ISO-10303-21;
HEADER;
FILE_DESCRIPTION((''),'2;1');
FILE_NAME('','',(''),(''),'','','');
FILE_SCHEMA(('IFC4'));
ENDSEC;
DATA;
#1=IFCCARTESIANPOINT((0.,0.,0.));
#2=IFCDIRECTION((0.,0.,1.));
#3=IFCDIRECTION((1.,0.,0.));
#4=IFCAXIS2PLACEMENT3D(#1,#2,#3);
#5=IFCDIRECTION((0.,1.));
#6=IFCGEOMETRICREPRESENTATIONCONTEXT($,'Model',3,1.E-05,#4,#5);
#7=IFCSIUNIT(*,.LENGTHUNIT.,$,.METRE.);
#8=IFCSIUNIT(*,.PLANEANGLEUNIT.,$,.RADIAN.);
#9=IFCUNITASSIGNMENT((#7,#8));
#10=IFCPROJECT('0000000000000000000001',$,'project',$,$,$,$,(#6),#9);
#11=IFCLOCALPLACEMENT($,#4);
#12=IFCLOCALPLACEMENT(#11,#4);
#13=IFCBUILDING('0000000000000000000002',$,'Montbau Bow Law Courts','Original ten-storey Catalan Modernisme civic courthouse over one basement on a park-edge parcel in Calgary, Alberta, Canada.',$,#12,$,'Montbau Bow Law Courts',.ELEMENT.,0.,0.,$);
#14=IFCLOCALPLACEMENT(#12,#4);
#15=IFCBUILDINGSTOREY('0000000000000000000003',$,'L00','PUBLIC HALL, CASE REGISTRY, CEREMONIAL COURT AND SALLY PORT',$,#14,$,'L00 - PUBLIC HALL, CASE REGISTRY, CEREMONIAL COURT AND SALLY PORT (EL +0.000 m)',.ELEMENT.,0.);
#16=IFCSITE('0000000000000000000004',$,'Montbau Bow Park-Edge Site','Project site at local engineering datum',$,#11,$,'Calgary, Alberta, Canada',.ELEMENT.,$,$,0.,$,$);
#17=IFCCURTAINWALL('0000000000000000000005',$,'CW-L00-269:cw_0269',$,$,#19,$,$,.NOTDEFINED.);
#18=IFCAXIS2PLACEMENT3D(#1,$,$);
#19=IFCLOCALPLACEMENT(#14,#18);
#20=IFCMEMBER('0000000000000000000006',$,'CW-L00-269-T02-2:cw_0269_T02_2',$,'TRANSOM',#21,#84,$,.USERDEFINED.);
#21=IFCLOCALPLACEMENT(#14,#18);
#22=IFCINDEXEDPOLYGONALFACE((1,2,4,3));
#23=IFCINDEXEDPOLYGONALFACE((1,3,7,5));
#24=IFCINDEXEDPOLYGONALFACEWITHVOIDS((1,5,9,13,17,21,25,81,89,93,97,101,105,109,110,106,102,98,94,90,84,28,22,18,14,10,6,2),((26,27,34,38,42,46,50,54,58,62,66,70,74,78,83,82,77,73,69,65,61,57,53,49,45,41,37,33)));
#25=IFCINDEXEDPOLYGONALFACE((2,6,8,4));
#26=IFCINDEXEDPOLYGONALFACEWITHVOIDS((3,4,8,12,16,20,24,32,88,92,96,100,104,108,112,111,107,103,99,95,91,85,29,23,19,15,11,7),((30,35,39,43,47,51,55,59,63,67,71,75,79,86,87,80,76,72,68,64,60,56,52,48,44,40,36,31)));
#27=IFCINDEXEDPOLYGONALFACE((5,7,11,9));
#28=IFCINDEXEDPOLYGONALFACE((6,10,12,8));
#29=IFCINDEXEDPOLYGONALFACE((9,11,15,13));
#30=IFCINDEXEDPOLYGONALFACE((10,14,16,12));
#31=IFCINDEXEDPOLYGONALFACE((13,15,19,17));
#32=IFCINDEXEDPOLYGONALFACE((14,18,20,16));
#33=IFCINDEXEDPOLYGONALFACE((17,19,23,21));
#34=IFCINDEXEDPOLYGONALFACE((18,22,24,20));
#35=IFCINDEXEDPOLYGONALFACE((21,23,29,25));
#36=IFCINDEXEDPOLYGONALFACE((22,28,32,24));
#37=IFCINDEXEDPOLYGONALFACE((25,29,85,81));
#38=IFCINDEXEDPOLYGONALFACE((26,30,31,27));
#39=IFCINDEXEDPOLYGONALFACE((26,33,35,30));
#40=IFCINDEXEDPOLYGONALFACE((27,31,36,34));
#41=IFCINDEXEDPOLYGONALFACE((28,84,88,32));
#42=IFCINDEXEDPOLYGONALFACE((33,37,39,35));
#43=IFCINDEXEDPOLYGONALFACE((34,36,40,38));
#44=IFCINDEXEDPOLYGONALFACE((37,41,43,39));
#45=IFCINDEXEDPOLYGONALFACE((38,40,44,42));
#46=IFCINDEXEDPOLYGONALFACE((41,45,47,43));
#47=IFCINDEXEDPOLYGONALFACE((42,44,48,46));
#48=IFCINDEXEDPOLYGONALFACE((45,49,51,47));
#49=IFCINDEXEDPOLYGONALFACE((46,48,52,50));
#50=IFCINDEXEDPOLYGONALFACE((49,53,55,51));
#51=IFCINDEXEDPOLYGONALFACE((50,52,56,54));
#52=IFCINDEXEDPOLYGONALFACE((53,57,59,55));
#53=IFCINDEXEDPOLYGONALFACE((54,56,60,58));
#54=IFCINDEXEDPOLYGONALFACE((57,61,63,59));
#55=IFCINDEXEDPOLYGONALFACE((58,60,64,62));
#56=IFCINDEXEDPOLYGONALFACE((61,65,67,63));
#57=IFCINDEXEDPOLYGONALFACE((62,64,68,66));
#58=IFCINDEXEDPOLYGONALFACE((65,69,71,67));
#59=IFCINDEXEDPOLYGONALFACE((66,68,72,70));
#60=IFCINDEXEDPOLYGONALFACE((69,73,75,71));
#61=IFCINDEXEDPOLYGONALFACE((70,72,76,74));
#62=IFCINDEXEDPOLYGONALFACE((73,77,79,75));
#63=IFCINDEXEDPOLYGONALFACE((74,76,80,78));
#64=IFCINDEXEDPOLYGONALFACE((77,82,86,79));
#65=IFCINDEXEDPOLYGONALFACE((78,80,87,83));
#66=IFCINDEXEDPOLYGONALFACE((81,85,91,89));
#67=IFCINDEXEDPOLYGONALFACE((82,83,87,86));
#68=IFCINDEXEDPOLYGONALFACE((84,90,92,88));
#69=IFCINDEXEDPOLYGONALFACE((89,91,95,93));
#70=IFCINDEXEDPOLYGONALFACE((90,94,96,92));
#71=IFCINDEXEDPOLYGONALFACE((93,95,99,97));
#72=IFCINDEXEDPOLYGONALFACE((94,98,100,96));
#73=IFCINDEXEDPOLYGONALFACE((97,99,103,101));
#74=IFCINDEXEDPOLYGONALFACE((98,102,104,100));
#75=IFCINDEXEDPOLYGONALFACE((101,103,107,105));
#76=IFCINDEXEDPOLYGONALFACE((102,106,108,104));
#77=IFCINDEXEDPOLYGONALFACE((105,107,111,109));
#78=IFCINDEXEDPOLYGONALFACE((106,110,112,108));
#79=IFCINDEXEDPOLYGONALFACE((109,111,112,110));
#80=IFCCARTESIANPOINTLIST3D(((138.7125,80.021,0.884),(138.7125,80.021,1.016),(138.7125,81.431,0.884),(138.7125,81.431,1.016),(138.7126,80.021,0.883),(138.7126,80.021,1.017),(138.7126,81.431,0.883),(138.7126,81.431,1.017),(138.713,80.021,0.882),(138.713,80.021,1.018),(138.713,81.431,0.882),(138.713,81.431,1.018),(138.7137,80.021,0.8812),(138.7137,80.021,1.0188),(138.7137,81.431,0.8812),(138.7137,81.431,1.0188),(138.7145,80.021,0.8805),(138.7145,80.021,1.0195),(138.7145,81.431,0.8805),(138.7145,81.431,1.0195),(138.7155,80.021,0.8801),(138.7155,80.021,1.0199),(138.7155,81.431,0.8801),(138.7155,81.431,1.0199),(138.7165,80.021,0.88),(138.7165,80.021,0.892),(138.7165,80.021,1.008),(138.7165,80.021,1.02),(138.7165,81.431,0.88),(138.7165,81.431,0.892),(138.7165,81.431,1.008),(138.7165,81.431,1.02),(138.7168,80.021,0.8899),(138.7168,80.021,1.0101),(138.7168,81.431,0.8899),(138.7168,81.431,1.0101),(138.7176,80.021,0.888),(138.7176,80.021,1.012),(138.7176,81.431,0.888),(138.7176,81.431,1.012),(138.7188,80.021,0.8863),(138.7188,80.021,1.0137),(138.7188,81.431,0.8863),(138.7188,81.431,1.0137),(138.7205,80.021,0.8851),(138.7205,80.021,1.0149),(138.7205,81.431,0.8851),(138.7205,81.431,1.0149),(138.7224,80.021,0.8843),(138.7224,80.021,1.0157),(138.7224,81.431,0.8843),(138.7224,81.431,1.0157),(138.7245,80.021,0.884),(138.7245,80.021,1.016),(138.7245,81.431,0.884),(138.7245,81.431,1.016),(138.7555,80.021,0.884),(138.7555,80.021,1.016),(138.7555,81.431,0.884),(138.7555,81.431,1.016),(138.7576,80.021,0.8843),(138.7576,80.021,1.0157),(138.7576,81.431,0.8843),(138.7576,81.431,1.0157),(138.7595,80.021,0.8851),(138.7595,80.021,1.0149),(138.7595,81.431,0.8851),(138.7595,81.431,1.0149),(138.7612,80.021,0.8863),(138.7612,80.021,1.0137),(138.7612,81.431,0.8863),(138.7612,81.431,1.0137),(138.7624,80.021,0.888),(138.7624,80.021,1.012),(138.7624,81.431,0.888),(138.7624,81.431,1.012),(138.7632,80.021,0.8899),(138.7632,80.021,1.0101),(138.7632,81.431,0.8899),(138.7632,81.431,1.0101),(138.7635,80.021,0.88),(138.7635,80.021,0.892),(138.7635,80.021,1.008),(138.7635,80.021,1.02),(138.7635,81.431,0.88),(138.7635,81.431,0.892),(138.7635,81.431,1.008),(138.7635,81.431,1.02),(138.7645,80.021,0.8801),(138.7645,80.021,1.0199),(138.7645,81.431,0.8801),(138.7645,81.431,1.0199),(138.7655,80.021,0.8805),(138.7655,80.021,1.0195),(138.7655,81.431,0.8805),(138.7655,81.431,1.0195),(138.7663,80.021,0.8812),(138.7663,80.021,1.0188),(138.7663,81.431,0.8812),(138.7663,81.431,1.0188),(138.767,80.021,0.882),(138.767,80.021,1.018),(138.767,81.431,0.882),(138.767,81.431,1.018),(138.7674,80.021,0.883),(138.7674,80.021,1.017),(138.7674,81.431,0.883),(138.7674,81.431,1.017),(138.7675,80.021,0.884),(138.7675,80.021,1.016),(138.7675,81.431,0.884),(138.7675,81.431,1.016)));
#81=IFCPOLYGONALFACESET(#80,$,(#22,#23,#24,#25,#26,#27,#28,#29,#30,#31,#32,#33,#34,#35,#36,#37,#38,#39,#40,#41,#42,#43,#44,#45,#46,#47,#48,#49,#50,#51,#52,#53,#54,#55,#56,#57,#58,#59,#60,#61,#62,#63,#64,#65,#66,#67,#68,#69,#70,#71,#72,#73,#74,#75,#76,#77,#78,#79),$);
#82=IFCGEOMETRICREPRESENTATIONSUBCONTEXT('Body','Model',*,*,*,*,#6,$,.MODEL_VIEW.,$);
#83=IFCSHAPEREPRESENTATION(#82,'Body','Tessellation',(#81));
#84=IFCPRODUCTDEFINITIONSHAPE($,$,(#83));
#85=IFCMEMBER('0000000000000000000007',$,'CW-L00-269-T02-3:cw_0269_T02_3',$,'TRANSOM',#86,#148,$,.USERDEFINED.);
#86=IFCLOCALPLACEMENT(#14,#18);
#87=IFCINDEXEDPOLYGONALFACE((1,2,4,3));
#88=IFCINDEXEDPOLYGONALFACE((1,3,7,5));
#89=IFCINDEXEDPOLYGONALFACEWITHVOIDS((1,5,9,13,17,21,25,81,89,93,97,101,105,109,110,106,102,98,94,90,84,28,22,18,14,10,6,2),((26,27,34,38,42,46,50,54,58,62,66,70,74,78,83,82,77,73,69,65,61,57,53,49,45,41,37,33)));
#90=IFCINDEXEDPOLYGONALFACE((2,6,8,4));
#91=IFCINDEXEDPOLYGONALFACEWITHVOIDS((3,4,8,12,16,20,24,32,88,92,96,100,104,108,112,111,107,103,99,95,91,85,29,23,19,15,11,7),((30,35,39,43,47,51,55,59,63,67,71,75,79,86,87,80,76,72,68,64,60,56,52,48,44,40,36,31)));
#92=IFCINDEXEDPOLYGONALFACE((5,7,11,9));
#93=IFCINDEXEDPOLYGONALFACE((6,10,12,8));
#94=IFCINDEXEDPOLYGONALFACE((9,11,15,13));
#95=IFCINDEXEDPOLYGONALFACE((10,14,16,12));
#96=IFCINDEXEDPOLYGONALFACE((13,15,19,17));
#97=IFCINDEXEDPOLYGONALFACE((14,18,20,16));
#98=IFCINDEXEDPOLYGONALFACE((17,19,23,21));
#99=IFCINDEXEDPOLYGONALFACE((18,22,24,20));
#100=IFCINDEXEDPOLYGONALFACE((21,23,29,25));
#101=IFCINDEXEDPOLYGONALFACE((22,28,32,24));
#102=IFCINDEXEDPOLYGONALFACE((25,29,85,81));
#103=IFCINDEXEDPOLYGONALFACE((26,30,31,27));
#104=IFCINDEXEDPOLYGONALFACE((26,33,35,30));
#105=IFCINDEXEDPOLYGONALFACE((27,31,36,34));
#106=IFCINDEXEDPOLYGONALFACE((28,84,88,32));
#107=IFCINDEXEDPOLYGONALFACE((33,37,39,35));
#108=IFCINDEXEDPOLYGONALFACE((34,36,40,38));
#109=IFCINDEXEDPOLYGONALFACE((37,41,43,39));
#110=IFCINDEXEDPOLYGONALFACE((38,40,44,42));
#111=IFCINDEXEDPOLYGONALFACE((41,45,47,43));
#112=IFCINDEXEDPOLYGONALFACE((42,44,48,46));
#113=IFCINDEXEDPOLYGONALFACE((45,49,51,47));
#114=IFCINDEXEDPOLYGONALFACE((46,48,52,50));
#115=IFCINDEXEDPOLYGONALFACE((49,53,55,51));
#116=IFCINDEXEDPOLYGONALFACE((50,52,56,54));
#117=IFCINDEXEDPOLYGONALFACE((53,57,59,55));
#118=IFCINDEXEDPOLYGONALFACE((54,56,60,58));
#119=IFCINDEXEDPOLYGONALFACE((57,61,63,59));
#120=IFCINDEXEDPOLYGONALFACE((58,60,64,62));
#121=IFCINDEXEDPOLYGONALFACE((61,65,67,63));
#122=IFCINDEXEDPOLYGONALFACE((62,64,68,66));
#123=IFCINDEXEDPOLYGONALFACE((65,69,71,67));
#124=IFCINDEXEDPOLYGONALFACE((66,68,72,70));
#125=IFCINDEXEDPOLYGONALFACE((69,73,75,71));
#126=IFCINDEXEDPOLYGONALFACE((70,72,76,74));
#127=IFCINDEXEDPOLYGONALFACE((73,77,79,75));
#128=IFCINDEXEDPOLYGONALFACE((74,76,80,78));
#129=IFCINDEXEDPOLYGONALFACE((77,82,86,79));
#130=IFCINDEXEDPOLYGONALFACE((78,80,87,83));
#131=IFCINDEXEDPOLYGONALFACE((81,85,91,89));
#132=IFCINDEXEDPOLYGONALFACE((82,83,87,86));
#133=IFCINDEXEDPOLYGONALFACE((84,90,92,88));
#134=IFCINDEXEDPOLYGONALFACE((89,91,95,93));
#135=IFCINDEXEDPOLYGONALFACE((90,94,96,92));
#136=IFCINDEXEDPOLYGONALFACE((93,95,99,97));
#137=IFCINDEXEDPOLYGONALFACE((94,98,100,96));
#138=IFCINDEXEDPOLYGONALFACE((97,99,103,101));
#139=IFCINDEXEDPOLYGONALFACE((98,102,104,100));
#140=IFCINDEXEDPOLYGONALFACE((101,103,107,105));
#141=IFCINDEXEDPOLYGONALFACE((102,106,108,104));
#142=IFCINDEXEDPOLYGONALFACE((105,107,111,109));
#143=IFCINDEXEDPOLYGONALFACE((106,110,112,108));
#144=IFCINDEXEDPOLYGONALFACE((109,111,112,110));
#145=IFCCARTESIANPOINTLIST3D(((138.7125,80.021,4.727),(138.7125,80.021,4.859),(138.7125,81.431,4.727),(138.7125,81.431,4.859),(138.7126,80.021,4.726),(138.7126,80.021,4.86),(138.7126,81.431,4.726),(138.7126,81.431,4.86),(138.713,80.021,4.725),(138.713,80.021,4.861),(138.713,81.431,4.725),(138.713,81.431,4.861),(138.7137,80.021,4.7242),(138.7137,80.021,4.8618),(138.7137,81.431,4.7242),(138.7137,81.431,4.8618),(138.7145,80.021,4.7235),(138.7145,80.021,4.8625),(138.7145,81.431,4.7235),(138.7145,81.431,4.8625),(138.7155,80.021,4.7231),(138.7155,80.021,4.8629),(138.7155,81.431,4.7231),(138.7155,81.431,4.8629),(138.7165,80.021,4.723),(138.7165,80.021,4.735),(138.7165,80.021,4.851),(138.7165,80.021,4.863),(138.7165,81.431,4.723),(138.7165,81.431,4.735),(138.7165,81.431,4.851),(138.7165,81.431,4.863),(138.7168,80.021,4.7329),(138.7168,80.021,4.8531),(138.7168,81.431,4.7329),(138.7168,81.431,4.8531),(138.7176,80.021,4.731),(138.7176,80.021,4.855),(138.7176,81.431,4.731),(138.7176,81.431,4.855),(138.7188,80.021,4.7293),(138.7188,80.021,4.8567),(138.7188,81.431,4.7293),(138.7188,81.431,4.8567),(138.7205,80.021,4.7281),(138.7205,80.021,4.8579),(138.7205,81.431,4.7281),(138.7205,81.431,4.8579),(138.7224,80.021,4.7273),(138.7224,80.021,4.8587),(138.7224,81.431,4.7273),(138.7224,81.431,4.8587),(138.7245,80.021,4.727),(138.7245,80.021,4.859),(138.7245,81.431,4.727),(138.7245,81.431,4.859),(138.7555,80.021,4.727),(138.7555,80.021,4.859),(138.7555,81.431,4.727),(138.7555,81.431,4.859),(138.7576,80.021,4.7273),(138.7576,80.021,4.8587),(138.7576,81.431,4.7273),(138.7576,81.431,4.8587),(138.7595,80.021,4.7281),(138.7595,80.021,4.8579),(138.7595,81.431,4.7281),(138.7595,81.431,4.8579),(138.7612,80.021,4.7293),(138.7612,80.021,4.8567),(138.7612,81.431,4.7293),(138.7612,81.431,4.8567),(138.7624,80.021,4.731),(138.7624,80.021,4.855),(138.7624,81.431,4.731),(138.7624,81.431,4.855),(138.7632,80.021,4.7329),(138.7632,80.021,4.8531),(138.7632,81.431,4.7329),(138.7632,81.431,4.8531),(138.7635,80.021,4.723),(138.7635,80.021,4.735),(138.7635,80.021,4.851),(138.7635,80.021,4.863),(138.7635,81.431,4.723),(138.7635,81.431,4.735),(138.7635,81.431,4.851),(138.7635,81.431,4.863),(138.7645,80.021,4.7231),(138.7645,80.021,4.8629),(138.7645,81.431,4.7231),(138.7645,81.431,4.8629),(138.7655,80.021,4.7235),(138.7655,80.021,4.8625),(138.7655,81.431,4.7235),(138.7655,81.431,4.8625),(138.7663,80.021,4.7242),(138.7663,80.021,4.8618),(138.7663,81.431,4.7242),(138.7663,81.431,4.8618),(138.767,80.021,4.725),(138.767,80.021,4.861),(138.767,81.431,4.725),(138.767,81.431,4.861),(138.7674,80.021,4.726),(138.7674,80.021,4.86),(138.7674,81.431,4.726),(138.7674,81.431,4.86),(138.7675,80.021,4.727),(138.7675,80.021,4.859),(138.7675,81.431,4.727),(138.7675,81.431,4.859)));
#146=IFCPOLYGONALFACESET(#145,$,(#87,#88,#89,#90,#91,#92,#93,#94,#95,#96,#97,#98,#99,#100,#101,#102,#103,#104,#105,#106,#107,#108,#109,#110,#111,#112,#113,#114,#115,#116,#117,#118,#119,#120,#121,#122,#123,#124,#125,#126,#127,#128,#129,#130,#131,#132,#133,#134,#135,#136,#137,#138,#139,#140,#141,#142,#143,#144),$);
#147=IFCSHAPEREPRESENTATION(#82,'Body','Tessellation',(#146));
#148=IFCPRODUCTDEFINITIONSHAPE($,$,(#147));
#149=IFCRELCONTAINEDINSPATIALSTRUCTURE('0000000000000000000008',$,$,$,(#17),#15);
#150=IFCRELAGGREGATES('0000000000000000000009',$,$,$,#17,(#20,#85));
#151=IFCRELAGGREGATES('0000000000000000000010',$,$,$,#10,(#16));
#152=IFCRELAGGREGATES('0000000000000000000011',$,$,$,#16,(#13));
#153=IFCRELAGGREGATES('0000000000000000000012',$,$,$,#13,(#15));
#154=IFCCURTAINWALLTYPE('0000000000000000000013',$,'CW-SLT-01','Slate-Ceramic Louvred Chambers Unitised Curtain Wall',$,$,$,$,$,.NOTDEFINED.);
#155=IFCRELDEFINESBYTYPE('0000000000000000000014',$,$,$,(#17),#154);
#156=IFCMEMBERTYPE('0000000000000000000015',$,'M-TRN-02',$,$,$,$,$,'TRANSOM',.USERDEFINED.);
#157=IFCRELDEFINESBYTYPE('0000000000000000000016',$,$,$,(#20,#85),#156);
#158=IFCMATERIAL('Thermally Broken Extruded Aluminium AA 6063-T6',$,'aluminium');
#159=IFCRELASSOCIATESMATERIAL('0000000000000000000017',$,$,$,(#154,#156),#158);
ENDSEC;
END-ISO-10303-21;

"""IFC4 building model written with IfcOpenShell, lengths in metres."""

from ifc_helpers import new_model, si_unit, direction, frame, origin_with_axes, origin_2d_with_axis, place, context, subcontext, project, spatial, hollow_rectangle, extrude, material, material_profile, profile_set, type_object, element, aggregate, save


model = new_model("IFC4")

# Units and contexts
model_context = context("Model", 3, precision=1e-05, world=origin_with_axes(), true_north=direction((0.0, 1.0)))
body_context = subcontext(model_context, "Body", "Model", "MODEL_VIEW")
ifc_project = project(units=[si_unit("LENGTHUNIT", "METRE"), si_unit("PLANEANGLEUNIT", "RADIAN")], contexts=[model_context])

# Site, building, storey
site_placement = place(None, origin_with_axes())
site = spatial("IfcSite", under=ifc_project, at=site_placement, Name="Montbau Bow Park-Edge Site", Description="Project site at local engineering datum", LongName="Calgary, Alberta, Canada", CompositionType="ELEMENT", RefElevation=0.0)
building_placement = place(site_placement, origin_with_axes())
building = spatial("IfcBuilding", under=site, at=building_placement, Name="Montbau Bow Law Courts", Description="Original ten-storey Catalan Modernisme civic courthouse over one basement on a park-edge parcel in Calgary, Alberta, Canada.", LongName="Montbau Bow Law Courts", CompositionType="ELEMENT", ElevationOfRefHeight=0.0, ElevationOfTerrain=0.0)
storey_placement = place(building_placement, origin_with_axes())
storey = spatial("IfcBuildingStorey", under=building, at=storey_placement, Name="L00", Description="PUBLIC HALL, CASE REGISTRY, CEREMONIAL COURT AND SALLY PORT", LongName="L00 - PUBLIC HALL, CASE REGISTRY, CEREMONIAL COURT AND SALLY PORT (EL +0.000 m)", CompositionType="ELEMENT", Elevation=0.0)

# Shared definitions
ifc_material_1 = material(Name="Thermally Broken Extruded Aluminium AA 6063-T6", Category="aluminium")
curtain_wall_type = type_object("IfcCurtainWallType", Name="CW-SLT-01", Description="Slate-Ceramic Louvred Chambers Unitised Curtain Wall", PredefinedType="NOTDEFINED", material=ifc_material_1)

# Curtain wall
curtain_wall_1_placement = place(None, frame((138.74, 78.515, 0.0), z_axis=(0.0, 0.0, 1.0), x_axis=(1.0, 0.0, 0.0)))
curtain_wall_1 = element("IfcCurtainWall", 1, at=curtain_wall_1_placement, inside=storey, type_object=curtain_wall_type, Name="CW-L00-269:cw_0269", PredefinedType="NOTDEFINED")

# Members
ifc_material_profile_1 = material_profile(ifc_material_1, hollow_rectangle(XDim=0.055, YDim=0.14, WallThickness=0.004, InnerFilletRadius=0.008, OuterFilletRadius=0.004, at=origin_2d_with_axis()), Name="CWT-140X55", Category="Main", Priority=0)
ifc_profile_set_1 = profile_set([ifc_material_profile_1], Name="Thermally Broken Extruded Aluminium AA 6063-T6")
member_type_1 = type_object("IfcMemberType", Name="M-TRN-02", ElementType="TRANSOM", PredefinedType="USERDEFINED", material=ifc_profile_set_1)
member_1_placement = place(None, frame((138.74, 80.021, 0.95), z_axis=(0.0, 1.0, 0.0), x_axis=(-1.0, 0.0, 0.0)))
member_1 = element("IfcMember", 2, at=member_1_placement, type_object=member_type_1, Name="CW-L00-269-T02-2:cw_0269_T02_2", ObjectType="TRANSOM", PredefinedType="USERDEFINED", context=body_context, shape_type="SweptSolid", body=[
    extrude(hollow_rectangle(XDim=0.055, YDim=0.14, WallThickness=0.004, InnerFilletRadius=0.008, OuterFilletRadius=0.004, at=origin_2d_with_axis()), origin_with_axes(), (0.0, 0.0, 1.0), 1.41),
])
member_2_placement = place(None, frame((138.74, 80.021, 4.793), z_axis=(0.0, 1.0, 0.0), x_axis=(-1.0, 0.0, 0.0)))
member_2 = element("IfcMember", 3, at=member_2_placement, type_object=member_type_1, Name="CW-L00-269-T02-3:cw_0269_T02_3", ObjectType="TRANSOM", PredefinedType="USERDEFINED", context=body_context, shape_type="SweptSolid", body=[
    extrude(hollow_rectangle(XDim=0.055, YDim=0.14, WallThickness=0.004, InnerFilletRadius=0.008, OuterFilletRadius=0.004, at=origin_2d_with_axis()), origin_with_axes(), (0.0, 0.0, 1.0), 1.41),
])

aggregate(curtain_wall_1, [member_1, member_2])

save(model, "model.ifc")
